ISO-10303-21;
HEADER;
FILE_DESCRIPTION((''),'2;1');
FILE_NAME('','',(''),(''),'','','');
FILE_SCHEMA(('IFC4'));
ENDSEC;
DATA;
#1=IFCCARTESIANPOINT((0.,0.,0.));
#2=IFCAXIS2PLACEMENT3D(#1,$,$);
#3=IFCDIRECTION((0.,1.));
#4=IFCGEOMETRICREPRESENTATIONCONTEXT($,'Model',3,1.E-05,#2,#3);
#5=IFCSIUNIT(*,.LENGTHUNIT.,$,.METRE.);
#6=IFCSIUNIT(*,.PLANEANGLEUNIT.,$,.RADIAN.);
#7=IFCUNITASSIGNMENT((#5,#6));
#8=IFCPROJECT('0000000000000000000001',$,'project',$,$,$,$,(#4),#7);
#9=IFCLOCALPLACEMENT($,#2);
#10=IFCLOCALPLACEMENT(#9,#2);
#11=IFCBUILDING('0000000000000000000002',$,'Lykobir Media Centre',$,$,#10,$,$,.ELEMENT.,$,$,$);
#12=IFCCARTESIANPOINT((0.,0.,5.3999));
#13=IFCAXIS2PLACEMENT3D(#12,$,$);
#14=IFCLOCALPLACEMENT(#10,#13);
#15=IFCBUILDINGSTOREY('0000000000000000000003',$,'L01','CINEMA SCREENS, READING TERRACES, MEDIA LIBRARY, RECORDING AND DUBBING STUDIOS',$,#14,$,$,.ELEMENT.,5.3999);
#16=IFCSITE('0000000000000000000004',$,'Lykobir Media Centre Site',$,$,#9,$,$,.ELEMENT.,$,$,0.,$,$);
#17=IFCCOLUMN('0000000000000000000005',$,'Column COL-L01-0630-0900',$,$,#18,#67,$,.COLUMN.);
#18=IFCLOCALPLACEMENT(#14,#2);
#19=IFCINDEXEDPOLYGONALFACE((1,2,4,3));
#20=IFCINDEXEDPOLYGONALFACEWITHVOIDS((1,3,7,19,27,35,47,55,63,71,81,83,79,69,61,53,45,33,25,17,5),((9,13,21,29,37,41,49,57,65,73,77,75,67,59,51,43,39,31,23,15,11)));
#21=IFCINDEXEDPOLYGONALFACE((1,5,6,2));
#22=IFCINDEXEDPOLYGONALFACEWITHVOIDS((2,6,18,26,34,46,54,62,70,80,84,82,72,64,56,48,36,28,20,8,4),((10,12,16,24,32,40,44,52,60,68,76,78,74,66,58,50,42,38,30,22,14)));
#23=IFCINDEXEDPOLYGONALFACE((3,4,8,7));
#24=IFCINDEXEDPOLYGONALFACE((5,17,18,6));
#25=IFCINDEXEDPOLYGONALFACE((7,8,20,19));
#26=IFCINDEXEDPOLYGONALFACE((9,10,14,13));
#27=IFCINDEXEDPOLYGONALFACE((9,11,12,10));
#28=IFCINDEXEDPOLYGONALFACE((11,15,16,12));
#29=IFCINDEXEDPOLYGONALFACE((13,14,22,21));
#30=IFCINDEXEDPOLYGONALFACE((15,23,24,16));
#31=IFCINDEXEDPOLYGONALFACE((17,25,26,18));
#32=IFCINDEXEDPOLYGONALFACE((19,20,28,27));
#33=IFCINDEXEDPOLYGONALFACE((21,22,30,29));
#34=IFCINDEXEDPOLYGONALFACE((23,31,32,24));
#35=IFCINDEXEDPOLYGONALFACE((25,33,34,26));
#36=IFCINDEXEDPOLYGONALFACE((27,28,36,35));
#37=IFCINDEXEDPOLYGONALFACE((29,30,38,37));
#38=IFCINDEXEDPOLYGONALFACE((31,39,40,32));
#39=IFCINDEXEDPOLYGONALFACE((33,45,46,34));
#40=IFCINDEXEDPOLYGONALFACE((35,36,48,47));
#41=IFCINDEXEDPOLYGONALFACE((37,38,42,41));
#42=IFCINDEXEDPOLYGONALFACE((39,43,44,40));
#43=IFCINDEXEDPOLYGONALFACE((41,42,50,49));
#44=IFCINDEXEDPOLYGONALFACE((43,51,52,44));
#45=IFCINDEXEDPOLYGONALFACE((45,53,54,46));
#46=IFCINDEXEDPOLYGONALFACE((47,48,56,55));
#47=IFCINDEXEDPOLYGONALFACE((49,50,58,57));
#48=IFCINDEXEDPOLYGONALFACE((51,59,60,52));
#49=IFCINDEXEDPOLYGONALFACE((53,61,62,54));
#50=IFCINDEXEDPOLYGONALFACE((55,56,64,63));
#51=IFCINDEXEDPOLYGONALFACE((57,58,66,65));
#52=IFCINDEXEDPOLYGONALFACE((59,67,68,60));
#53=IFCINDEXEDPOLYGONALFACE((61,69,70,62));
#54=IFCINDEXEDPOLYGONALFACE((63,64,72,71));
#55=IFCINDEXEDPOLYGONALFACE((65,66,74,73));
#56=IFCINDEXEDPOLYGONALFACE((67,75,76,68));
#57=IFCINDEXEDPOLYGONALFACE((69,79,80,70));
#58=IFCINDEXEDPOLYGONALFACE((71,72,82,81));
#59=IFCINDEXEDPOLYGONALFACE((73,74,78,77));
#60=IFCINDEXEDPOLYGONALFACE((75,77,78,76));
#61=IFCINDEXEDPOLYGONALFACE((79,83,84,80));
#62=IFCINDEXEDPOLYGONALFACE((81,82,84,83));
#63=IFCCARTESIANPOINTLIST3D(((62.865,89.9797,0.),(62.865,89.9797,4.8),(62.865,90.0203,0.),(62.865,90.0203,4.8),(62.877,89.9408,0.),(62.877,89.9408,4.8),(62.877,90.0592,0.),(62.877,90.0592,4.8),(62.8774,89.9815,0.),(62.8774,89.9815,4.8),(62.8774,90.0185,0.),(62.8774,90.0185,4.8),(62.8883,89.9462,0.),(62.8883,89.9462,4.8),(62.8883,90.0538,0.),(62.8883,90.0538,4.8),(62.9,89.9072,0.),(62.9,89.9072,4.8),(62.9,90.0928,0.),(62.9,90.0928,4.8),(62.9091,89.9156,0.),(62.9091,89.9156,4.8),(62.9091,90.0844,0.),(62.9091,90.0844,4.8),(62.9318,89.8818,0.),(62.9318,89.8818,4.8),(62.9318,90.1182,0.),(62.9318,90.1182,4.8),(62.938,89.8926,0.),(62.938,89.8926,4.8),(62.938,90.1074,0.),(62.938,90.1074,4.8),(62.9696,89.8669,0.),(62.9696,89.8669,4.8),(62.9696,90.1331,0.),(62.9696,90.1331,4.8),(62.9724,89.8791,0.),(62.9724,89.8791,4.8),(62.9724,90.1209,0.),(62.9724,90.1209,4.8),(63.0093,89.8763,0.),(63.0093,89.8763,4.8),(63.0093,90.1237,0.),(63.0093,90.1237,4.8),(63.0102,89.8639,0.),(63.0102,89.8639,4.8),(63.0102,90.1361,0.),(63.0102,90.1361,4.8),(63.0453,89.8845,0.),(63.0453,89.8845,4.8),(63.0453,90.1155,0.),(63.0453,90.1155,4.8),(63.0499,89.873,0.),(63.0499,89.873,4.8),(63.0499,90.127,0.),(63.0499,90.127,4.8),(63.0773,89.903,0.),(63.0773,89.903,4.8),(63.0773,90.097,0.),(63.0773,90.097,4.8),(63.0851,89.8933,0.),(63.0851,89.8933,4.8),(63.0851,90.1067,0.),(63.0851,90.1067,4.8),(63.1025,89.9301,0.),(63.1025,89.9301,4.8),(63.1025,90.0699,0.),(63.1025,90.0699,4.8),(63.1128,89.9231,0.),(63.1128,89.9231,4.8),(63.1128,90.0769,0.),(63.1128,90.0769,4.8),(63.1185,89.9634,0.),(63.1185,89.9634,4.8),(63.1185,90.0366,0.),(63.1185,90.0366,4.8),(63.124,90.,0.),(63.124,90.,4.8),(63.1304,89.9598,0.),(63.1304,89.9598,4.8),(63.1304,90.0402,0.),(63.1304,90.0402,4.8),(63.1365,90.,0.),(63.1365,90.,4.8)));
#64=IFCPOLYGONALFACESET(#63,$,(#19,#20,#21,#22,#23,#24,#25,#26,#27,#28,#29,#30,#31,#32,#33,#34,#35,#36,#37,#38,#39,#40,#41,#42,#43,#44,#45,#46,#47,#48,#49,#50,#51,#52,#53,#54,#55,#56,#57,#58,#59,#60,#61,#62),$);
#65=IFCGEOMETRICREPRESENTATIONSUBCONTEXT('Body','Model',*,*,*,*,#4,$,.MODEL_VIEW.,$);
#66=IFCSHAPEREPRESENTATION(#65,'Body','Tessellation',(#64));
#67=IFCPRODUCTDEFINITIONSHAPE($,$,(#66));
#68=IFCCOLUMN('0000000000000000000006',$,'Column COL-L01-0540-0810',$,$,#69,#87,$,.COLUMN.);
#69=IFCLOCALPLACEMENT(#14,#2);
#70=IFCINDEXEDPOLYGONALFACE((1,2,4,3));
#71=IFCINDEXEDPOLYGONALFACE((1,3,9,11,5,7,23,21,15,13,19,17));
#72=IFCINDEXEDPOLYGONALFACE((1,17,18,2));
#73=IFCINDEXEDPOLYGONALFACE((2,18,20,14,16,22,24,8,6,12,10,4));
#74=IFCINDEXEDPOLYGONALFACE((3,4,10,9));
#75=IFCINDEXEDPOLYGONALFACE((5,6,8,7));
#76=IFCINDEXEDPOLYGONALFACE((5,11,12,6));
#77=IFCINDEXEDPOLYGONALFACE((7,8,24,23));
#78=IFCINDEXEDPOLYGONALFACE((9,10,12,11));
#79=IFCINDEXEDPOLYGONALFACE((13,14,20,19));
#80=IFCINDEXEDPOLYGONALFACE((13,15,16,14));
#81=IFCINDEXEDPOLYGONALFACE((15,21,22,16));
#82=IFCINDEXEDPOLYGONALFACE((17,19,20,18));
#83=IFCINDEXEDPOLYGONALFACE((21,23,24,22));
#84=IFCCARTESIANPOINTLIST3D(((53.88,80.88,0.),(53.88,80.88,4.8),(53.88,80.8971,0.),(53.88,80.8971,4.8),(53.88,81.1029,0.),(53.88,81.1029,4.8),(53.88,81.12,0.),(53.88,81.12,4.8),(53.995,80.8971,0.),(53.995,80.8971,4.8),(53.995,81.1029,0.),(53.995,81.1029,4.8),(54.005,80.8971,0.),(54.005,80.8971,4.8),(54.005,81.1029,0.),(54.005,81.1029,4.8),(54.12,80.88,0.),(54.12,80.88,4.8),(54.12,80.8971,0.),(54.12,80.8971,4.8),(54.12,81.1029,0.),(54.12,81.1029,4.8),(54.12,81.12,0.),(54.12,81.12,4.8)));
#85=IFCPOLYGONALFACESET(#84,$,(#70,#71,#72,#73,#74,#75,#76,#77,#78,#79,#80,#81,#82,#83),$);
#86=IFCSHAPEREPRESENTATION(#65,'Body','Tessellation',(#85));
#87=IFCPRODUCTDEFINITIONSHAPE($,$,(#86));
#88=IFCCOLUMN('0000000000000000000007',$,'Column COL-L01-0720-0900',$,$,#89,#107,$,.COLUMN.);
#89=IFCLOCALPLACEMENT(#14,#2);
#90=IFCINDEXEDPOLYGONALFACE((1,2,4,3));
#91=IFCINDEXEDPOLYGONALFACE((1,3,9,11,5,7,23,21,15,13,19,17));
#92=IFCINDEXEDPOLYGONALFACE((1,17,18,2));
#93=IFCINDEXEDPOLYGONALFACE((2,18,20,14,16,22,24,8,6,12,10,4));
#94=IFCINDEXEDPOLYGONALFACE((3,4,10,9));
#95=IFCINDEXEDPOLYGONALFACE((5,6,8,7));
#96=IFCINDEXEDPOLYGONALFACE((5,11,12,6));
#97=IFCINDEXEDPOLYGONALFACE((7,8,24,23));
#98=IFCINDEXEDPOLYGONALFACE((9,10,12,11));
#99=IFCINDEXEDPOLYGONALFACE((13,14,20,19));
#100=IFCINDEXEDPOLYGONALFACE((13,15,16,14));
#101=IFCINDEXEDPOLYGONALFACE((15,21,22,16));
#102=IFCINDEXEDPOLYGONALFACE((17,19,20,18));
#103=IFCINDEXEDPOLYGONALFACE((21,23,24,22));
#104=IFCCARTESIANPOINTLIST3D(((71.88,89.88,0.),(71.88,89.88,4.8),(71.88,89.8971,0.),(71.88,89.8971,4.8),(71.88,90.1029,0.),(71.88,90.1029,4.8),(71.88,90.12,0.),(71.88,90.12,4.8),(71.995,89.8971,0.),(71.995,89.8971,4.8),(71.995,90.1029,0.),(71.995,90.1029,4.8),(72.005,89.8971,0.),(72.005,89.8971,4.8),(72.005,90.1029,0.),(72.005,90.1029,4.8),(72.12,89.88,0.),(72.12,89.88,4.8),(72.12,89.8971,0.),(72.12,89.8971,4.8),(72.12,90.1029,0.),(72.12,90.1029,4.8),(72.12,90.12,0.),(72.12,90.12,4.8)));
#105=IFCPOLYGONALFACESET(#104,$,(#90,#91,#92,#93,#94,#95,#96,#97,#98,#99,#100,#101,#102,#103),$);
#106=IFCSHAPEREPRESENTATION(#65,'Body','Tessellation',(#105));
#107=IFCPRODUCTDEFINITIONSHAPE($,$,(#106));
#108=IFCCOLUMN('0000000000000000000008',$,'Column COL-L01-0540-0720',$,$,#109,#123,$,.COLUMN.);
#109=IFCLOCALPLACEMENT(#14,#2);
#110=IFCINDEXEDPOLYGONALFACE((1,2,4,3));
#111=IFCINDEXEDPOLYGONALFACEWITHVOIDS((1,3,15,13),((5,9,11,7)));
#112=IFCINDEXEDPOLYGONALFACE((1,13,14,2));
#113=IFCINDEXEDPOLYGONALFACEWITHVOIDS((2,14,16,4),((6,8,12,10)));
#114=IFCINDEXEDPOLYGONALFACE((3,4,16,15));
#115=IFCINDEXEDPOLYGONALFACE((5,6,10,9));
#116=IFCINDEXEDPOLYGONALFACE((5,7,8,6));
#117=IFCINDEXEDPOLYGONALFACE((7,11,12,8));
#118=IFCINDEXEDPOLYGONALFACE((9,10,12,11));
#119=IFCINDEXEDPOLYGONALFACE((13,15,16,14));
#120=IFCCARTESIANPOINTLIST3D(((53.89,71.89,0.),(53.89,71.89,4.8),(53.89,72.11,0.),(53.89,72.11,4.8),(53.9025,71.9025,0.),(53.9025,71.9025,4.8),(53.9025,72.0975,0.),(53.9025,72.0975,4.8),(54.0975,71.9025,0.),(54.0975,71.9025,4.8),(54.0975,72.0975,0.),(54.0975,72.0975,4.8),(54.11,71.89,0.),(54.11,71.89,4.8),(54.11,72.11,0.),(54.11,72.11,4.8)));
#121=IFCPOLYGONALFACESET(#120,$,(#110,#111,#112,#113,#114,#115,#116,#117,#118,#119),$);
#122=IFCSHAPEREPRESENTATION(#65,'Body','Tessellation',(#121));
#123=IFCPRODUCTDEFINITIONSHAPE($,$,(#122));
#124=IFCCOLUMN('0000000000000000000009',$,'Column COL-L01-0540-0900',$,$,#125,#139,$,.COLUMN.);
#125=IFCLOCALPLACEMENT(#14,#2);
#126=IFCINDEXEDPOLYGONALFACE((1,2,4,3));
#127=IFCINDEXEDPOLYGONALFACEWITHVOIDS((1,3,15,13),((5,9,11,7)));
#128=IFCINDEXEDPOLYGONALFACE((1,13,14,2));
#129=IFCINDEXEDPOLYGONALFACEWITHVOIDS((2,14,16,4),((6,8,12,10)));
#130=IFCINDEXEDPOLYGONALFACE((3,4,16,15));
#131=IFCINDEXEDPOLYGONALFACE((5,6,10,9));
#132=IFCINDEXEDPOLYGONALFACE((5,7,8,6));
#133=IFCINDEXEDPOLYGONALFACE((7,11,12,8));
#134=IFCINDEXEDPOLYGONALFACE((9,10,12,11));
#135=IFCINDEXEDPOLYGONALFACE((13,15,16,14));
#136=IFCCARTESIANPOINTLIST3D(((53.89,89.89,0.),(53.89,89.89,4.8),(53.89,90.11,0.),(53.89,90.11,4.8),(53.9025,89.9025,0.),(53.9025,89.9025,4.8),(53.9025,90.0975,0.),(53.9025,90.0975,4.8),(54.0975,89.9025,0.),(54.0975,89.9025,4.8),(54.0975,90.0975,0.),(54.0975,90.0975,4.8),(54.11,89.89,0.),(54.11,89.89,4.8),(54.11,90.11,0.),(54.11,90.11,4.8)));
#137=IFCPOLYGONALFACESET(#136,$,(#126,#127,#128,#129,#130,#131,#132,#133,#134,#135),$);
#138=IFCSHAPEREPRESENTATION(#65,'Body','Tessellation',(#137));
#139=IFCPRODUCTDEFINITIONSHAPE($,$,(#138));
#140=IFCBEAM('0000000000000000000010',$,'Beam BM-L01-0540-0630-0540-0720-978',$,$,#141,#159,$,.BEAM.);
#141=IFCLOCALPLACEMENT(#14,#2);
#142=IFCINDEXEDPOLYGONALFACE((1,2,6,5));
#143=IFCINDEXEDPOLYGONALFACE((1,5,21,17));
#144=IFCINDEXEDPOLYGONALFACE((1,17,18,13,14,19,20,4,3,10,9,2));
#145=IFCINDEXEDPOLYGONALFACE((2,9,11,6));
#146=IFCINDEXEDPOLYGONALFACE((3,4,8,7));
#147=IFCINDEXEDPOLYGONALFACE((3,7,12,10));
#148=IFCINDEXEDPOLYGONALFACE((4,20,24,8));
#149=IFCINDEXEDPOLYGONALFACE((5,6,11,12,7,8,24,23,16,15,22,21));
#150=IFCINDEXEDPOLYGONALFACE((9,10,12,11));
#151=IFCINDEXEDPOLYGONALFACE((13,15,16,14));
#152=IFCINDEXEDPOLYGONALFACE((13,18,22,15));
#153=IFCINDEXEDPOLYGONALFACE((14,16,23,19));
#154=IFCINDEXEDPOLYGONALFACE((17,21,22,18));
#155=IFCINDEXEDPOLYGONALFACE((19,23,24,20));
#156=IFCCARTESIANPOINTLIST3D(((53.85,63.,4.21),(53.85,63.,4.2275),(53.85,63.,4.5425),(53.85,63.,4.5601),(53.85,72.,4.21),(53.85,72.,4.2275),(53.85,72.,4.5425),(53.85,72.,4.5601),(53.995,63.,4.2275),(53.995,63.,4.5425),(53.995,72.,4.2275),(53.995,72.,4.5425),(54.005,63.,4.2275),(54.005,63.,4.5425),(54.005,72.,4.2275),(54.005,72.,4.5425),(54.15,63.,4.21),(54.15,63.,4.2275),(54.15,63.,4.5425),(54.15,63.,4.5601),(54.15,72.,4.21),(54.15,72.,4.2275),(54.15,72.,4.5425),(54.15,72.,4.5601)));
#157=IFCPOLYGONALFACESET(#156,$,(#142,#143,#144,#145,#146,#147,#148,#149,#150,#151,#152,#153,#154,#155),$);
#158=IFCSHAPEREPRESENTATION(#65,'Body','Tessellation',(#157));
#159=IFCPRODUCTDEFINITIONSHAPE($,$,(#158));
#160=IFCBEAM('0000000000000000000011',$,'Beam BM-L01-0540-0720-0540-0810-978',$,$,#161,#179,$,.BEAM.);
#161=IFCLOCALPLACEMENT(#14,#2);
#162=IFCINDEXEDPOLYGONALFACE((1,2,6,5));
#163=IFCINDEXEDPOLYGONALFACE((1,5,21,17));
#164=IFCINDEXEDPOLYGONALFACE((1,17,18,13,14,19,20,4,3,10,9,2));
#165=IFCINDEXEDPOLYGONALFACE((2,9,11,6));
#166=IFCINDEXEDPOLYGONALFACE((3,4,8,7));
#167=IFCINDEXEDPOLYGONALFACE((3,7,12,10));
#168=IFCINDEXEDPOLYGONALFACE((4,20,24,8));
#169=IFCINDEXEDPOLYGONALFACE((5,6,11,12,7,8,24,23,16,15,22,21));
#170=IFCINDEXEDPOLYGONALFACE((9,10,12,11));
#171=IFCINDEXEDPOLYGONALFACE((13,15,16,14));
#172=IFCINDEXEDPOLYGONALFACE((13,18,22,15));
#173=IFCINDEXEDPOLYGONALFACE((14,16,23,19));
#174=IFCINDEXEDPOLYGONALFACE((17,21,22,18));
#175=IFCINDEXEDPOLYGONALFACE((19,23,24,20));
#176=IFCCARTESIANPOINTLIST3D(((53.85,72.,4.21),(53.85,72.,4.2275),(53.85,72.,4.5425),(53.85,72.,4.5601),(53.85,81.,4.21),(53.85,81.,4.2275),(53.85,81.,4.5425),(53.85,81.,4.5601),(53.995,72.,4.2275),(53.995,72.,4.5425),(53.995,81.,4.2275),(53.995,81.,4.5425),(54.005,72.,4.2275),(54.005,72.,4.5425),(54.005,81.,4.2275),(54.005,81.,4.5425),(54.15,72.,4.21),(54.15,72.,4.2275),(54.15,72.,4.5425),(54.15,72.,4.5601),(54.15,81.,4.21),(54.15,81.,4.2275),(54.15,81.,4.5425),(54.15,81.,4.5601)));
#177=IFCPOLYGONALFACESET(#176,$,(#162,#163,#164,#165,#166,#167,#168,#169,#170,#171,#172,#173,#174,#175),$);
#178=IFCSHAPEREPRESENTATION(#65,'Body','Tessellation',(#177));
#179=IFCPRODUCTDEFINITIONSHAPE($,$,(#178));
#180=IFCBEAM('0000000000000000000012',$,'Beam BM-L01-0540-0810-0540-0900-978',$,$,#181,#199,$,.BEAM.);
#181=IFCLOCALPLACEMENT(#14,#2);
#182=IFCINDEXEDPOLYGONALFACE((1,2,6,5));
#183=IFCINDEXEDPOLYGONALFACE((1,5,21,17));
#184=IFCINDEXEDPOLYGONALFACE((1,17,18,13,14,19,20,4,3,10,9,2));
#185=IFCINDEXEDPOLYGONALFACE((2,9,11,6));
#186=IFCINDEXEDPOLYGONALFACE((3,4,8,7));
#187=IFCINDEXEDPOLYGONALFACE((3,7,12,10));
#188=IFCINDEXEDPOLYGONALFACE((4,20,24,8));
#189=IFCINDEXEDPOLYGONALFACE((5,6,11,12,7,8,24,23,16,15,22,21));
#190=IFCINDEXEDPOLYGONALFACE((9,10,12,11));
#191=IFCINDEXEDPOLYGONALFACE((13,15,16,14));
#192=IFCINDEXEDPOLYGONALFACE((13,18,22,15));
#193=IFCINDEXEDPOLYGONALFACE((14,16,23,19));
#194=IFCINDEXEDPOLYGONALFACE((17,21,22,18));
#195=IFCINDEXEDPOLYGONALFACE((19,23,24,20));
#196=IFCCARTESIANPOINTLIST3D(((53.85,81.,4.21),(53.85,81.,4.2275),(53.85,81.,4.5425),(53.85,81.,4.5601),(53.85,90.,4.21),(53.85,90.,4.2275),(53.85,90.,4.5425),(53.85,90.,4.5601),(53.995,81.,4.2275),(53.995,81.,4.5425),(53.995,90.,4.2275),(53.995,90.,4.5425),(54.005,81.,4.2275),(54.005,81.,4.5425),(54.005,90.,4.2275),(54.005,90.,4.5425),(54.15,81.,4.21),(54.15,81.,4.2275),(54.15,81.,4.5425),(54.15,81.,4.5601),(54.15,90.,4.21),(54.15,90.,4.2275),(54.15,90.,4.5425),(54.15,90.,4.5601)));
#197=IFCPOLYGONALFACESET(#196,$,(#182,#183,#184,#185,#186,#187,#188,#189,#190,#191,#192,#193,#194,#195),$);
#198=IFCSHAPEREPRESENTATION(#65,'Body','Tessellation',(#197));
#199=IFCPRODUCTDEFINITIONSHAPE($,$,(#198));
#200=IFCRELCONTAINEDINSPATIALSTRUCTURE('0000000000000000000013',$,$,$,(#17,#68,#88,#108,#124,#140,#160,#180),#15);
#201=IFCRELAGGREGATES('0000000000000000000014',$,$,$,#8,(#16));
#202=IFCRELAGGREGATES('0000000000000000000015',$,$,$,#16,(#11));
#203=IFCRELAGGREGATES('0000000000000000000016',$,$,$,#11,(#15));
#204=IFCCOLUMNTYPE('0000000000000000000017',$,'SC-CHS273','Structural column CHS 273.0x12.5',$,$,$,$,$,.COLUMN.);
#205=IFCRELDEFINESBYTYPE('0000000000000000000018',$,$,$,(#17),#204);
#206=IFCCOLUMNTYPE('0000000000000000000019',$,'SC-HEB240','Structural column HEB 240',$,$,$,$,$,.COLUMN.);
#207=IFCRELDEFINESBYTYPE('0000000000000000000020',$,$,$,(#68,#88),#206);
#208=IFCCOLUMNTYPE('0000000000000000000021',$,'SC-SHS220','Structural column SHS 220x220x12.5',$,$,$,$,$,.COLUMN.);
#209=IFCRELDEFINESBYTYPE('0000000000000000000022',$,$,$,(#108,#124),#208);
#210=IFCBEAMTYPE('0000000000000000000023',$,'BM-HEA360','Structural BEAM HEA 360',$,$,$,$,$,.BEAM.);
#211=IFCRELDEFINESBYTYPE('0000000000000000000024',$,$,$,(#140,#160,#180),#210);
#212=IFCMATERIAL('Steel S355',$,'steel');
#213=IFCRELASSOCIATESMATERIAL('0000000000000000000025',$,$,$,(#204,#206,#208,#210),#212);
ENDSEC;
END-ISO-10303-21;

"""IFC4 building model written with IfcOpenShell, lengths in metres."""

from ifc_helpers import new_model, si_unit, direction, frame, origin, origin_2d, place, context, subcontext, project, spatial, hollow_rectangle, hollow_circle, i_section, extrude, material, material_profile, profile_set, type_object, element, save


model = new_model("IFC4")

# Units and contexts
model_context = context("Model", 3, precision=1e-05, world=origin(), true_north=direction((0.0, 1.0)))
body_context = subcontext(model_context, "Body", "Model", "MODEL_VIEW")
ifc_project = project(units=[si_unit("LENGTHUNIT", "METRE"), si_unit("PLANEANGLEUNIT", "RADIAN")], contexts=[model_context])

# Site, building, storey
site_placement = place(None, origin())
site = spatial("IfcSite", under=ifc_project, at=site_placement, Name="Lykobir Media Centre Site", CompositionType="ELEMENT", RefElevation=0.0)
building_placement = place(site_placement, origin())
building = spatial("IfcBuilding", under=site, at=building_placement, Name="Lykobir Media Centre", CompositionType="ELEMENT")
storey_placement = place(building_placement, frame((0.0, 0.0, 5.3999)))
storey = spatial("IfcBuildingStorey", under=building, at=storey_placement, Name="L01", Description="CINEMA SCREENS, READING TERRACES, MEDIA LIBRARY, RECORDING AND DUBBING STUDIOS", CompositionType="ELEMENT", Elevation=5.3999)

# Columns
ifc_material_1 = material(Name="Steel S355", Category="steel")
ifc_material_profile_1 = material_profile(ifc_material_1, hollow_circle(Radius=0.1365, WallThickness=0.0125, at=origin_2d()), Name="CHS 273.0x12.5")
ifc_profile_set_1 = profile_set([ifc_material_profile_1], Name="Steel S355")
column_type_1 = type_object("IfcColumnType", Name="SC-CHS273", Description="Structural column CHS 273.0x12.5", PredefinedType="COLUMN", material=ifc_profile_set_1)
column_placement = place(storey_placement, frame((63.0, 90.0, 0.0), z_axis=(0.0, 0.0, 1.0), x_axis=(1.0, 0.0, 0.0)))
element("IfcColumn", 1, at=column_placement, inside=storey, type_object=column_type_1, Name="Column COL-L01-0630-0900", PredefinedType="COLUMN", context=body_context, shape_type="SweptSolid", body=[
    extrude(hollow_circle(Radius=0.1365, WallThickness=0.0125, at=origin_2d()), origin(), (0.0, 0.0, 1.0), 4.8),
])
ifc_material_profile_2 = material_profile(ifc_material_1, i_section(OverallWidth=0.24, OverallDepth=0.24, WebThickness=0.01, FlangeThickness=0.0171, at=origin_2d()), Name="HEB 240")
ifc_profile_set_2 = profile_set([ifc_material_profile_2], Name="Steel S355")
column_type_2 = type_object("IfcColumnType", Name="SC-HEB240", Description="Structural column HEB 240", PredefinedType="COLUMN", material=ifc_profile_set_2)
for number, where, z_axis, x_axis, name in (
    (2, (54.0, 81.0, 0.0), (0.0, 0.0, 1.0), (1.0, 0.0, 0.0), "Column COL-L01-0540-0810"),
    (3, (72.0, 90.0, 0.0), (0.0, 0.0, 1.0), (1.0, 0.0, 0.0), "Column COL-L01-0720-0900"),
):
    element("IfcColumn", number, at=place(storey_placement, frame(where, z_axis=z_axis, x_axis=x_axis)), inside=storey, type_object=column_type_2, Name=name, PredefinedType="COLUMN", context=body_context, shape_type="SweptSolid", body=[
        extrude(i_section(OverallWidth=0.24, OverallDepth=0.24, WebThickness=0.01, FlangeThickness=0.0171, at=origin_2d()), origin(), (0.0, 0.0, 1.0), 4.8),
    ])
ifc_material_profile_3 = material_profile(ifc_material_1, hollow_rectangle(XDim=0.22, YDim=0.22, WallThickness=0.0125, at=origin_2d()), Name="SHS 220x220x12.5")
ifc_profile_set_3 = profile_set([ifc_material_profile_3], Name="Steel S355")
column_type_3 = type_object("IfcColumnType", Name="SC-SHS220", Description="Structural column SHS 220x220x12.5", PredefinedType="COLUMN", material=ifc_profile_set_3)
for number, where, z_axis, x_axis, name in (
    (4, (54.0, 72.0, 0.0), (0.0, 0.0, 1.0), (1.0, 0.0, 0.0), "Column COL-L01-0540-0720"),
    (5, (54.0, 90.0, 0.0), (0.0, 0.0, 1.0), (1.0, 0.0, 0.0), "Column COL-L01-0540-0900"),
):
    element("IfcColumn", number, at=place(storey_placement, frame(where, z_axis=z_axis, x_axis=x_axis)), inside=storey, type_object=column_type_3, Name=name, PredefinedType="COLUMN", context=body_context, shape_type="SweptSolid", body=[
        extrude(hollow_rectangle(XDim=0.22, YDim=0.22, WallThickness=0.0125, at=origin_2d()), origin(), (0.0, 0.0, 1.0), 4.8),
    ])

# Beams
ifc_material_profile_4 = material_profile(ifc_material_1, i_section(OverallWidth=0.3, OverallDepth=0.3501, WebThickness=0.01, FlangeThickness=0.0176, at=origin_2d()), Name="HEA 360")
ifc_profile_set_4 = profile_set([ifc_material_profile_4], Name="Steel S355")
beam_type_1 = type_object("IfcBeamType", Name="BM-HEA360", Description="Structural BEAM HEA 360", PredefinedType="BEAM", material=ifc_profile_set_4)
for number, where, z_axis, x_axis, name in (
    (6, (54.0, 63.0, 4.385), (0.0, 1.0, 0.0), (-1.0, 0.0, 0.0), "Beam BM-L01-0540-0630-0540-0720-978"),
    (7, (54.0, 72.0, 4.385), (0.0, 1.0, 0.0), (-1.0, 0.0, 0.0), "Beam BM-L01-0540-0720-0540-0810-978"),
    (8, (54.0, 81.0, 4.385), (0.0, 1.0, 0.0), (-1.0, 0.0, 0.0), "Beam BM-L01-0540-0810-0540-0900-978"),
):
    element("IfcBeam", number, at=place(storey_placement, frame(where, z_axis=z_axis, x_axis=x_axis)), inside=storey, type_object=beam_type_1, Name=name, PredefinedType="BEAM", context=body_context, shape_type="SweptSolid", body=[
        extrude(i_section(OverallWidth=0.3, OverallDepth=0.3501, WebThickness=0.01, FlangeThickness=0.0176, at=origin_2d()), origin(), (0.0, 0.0, 1.0), 9.0),
    ])

save(model, "model.ifc")
